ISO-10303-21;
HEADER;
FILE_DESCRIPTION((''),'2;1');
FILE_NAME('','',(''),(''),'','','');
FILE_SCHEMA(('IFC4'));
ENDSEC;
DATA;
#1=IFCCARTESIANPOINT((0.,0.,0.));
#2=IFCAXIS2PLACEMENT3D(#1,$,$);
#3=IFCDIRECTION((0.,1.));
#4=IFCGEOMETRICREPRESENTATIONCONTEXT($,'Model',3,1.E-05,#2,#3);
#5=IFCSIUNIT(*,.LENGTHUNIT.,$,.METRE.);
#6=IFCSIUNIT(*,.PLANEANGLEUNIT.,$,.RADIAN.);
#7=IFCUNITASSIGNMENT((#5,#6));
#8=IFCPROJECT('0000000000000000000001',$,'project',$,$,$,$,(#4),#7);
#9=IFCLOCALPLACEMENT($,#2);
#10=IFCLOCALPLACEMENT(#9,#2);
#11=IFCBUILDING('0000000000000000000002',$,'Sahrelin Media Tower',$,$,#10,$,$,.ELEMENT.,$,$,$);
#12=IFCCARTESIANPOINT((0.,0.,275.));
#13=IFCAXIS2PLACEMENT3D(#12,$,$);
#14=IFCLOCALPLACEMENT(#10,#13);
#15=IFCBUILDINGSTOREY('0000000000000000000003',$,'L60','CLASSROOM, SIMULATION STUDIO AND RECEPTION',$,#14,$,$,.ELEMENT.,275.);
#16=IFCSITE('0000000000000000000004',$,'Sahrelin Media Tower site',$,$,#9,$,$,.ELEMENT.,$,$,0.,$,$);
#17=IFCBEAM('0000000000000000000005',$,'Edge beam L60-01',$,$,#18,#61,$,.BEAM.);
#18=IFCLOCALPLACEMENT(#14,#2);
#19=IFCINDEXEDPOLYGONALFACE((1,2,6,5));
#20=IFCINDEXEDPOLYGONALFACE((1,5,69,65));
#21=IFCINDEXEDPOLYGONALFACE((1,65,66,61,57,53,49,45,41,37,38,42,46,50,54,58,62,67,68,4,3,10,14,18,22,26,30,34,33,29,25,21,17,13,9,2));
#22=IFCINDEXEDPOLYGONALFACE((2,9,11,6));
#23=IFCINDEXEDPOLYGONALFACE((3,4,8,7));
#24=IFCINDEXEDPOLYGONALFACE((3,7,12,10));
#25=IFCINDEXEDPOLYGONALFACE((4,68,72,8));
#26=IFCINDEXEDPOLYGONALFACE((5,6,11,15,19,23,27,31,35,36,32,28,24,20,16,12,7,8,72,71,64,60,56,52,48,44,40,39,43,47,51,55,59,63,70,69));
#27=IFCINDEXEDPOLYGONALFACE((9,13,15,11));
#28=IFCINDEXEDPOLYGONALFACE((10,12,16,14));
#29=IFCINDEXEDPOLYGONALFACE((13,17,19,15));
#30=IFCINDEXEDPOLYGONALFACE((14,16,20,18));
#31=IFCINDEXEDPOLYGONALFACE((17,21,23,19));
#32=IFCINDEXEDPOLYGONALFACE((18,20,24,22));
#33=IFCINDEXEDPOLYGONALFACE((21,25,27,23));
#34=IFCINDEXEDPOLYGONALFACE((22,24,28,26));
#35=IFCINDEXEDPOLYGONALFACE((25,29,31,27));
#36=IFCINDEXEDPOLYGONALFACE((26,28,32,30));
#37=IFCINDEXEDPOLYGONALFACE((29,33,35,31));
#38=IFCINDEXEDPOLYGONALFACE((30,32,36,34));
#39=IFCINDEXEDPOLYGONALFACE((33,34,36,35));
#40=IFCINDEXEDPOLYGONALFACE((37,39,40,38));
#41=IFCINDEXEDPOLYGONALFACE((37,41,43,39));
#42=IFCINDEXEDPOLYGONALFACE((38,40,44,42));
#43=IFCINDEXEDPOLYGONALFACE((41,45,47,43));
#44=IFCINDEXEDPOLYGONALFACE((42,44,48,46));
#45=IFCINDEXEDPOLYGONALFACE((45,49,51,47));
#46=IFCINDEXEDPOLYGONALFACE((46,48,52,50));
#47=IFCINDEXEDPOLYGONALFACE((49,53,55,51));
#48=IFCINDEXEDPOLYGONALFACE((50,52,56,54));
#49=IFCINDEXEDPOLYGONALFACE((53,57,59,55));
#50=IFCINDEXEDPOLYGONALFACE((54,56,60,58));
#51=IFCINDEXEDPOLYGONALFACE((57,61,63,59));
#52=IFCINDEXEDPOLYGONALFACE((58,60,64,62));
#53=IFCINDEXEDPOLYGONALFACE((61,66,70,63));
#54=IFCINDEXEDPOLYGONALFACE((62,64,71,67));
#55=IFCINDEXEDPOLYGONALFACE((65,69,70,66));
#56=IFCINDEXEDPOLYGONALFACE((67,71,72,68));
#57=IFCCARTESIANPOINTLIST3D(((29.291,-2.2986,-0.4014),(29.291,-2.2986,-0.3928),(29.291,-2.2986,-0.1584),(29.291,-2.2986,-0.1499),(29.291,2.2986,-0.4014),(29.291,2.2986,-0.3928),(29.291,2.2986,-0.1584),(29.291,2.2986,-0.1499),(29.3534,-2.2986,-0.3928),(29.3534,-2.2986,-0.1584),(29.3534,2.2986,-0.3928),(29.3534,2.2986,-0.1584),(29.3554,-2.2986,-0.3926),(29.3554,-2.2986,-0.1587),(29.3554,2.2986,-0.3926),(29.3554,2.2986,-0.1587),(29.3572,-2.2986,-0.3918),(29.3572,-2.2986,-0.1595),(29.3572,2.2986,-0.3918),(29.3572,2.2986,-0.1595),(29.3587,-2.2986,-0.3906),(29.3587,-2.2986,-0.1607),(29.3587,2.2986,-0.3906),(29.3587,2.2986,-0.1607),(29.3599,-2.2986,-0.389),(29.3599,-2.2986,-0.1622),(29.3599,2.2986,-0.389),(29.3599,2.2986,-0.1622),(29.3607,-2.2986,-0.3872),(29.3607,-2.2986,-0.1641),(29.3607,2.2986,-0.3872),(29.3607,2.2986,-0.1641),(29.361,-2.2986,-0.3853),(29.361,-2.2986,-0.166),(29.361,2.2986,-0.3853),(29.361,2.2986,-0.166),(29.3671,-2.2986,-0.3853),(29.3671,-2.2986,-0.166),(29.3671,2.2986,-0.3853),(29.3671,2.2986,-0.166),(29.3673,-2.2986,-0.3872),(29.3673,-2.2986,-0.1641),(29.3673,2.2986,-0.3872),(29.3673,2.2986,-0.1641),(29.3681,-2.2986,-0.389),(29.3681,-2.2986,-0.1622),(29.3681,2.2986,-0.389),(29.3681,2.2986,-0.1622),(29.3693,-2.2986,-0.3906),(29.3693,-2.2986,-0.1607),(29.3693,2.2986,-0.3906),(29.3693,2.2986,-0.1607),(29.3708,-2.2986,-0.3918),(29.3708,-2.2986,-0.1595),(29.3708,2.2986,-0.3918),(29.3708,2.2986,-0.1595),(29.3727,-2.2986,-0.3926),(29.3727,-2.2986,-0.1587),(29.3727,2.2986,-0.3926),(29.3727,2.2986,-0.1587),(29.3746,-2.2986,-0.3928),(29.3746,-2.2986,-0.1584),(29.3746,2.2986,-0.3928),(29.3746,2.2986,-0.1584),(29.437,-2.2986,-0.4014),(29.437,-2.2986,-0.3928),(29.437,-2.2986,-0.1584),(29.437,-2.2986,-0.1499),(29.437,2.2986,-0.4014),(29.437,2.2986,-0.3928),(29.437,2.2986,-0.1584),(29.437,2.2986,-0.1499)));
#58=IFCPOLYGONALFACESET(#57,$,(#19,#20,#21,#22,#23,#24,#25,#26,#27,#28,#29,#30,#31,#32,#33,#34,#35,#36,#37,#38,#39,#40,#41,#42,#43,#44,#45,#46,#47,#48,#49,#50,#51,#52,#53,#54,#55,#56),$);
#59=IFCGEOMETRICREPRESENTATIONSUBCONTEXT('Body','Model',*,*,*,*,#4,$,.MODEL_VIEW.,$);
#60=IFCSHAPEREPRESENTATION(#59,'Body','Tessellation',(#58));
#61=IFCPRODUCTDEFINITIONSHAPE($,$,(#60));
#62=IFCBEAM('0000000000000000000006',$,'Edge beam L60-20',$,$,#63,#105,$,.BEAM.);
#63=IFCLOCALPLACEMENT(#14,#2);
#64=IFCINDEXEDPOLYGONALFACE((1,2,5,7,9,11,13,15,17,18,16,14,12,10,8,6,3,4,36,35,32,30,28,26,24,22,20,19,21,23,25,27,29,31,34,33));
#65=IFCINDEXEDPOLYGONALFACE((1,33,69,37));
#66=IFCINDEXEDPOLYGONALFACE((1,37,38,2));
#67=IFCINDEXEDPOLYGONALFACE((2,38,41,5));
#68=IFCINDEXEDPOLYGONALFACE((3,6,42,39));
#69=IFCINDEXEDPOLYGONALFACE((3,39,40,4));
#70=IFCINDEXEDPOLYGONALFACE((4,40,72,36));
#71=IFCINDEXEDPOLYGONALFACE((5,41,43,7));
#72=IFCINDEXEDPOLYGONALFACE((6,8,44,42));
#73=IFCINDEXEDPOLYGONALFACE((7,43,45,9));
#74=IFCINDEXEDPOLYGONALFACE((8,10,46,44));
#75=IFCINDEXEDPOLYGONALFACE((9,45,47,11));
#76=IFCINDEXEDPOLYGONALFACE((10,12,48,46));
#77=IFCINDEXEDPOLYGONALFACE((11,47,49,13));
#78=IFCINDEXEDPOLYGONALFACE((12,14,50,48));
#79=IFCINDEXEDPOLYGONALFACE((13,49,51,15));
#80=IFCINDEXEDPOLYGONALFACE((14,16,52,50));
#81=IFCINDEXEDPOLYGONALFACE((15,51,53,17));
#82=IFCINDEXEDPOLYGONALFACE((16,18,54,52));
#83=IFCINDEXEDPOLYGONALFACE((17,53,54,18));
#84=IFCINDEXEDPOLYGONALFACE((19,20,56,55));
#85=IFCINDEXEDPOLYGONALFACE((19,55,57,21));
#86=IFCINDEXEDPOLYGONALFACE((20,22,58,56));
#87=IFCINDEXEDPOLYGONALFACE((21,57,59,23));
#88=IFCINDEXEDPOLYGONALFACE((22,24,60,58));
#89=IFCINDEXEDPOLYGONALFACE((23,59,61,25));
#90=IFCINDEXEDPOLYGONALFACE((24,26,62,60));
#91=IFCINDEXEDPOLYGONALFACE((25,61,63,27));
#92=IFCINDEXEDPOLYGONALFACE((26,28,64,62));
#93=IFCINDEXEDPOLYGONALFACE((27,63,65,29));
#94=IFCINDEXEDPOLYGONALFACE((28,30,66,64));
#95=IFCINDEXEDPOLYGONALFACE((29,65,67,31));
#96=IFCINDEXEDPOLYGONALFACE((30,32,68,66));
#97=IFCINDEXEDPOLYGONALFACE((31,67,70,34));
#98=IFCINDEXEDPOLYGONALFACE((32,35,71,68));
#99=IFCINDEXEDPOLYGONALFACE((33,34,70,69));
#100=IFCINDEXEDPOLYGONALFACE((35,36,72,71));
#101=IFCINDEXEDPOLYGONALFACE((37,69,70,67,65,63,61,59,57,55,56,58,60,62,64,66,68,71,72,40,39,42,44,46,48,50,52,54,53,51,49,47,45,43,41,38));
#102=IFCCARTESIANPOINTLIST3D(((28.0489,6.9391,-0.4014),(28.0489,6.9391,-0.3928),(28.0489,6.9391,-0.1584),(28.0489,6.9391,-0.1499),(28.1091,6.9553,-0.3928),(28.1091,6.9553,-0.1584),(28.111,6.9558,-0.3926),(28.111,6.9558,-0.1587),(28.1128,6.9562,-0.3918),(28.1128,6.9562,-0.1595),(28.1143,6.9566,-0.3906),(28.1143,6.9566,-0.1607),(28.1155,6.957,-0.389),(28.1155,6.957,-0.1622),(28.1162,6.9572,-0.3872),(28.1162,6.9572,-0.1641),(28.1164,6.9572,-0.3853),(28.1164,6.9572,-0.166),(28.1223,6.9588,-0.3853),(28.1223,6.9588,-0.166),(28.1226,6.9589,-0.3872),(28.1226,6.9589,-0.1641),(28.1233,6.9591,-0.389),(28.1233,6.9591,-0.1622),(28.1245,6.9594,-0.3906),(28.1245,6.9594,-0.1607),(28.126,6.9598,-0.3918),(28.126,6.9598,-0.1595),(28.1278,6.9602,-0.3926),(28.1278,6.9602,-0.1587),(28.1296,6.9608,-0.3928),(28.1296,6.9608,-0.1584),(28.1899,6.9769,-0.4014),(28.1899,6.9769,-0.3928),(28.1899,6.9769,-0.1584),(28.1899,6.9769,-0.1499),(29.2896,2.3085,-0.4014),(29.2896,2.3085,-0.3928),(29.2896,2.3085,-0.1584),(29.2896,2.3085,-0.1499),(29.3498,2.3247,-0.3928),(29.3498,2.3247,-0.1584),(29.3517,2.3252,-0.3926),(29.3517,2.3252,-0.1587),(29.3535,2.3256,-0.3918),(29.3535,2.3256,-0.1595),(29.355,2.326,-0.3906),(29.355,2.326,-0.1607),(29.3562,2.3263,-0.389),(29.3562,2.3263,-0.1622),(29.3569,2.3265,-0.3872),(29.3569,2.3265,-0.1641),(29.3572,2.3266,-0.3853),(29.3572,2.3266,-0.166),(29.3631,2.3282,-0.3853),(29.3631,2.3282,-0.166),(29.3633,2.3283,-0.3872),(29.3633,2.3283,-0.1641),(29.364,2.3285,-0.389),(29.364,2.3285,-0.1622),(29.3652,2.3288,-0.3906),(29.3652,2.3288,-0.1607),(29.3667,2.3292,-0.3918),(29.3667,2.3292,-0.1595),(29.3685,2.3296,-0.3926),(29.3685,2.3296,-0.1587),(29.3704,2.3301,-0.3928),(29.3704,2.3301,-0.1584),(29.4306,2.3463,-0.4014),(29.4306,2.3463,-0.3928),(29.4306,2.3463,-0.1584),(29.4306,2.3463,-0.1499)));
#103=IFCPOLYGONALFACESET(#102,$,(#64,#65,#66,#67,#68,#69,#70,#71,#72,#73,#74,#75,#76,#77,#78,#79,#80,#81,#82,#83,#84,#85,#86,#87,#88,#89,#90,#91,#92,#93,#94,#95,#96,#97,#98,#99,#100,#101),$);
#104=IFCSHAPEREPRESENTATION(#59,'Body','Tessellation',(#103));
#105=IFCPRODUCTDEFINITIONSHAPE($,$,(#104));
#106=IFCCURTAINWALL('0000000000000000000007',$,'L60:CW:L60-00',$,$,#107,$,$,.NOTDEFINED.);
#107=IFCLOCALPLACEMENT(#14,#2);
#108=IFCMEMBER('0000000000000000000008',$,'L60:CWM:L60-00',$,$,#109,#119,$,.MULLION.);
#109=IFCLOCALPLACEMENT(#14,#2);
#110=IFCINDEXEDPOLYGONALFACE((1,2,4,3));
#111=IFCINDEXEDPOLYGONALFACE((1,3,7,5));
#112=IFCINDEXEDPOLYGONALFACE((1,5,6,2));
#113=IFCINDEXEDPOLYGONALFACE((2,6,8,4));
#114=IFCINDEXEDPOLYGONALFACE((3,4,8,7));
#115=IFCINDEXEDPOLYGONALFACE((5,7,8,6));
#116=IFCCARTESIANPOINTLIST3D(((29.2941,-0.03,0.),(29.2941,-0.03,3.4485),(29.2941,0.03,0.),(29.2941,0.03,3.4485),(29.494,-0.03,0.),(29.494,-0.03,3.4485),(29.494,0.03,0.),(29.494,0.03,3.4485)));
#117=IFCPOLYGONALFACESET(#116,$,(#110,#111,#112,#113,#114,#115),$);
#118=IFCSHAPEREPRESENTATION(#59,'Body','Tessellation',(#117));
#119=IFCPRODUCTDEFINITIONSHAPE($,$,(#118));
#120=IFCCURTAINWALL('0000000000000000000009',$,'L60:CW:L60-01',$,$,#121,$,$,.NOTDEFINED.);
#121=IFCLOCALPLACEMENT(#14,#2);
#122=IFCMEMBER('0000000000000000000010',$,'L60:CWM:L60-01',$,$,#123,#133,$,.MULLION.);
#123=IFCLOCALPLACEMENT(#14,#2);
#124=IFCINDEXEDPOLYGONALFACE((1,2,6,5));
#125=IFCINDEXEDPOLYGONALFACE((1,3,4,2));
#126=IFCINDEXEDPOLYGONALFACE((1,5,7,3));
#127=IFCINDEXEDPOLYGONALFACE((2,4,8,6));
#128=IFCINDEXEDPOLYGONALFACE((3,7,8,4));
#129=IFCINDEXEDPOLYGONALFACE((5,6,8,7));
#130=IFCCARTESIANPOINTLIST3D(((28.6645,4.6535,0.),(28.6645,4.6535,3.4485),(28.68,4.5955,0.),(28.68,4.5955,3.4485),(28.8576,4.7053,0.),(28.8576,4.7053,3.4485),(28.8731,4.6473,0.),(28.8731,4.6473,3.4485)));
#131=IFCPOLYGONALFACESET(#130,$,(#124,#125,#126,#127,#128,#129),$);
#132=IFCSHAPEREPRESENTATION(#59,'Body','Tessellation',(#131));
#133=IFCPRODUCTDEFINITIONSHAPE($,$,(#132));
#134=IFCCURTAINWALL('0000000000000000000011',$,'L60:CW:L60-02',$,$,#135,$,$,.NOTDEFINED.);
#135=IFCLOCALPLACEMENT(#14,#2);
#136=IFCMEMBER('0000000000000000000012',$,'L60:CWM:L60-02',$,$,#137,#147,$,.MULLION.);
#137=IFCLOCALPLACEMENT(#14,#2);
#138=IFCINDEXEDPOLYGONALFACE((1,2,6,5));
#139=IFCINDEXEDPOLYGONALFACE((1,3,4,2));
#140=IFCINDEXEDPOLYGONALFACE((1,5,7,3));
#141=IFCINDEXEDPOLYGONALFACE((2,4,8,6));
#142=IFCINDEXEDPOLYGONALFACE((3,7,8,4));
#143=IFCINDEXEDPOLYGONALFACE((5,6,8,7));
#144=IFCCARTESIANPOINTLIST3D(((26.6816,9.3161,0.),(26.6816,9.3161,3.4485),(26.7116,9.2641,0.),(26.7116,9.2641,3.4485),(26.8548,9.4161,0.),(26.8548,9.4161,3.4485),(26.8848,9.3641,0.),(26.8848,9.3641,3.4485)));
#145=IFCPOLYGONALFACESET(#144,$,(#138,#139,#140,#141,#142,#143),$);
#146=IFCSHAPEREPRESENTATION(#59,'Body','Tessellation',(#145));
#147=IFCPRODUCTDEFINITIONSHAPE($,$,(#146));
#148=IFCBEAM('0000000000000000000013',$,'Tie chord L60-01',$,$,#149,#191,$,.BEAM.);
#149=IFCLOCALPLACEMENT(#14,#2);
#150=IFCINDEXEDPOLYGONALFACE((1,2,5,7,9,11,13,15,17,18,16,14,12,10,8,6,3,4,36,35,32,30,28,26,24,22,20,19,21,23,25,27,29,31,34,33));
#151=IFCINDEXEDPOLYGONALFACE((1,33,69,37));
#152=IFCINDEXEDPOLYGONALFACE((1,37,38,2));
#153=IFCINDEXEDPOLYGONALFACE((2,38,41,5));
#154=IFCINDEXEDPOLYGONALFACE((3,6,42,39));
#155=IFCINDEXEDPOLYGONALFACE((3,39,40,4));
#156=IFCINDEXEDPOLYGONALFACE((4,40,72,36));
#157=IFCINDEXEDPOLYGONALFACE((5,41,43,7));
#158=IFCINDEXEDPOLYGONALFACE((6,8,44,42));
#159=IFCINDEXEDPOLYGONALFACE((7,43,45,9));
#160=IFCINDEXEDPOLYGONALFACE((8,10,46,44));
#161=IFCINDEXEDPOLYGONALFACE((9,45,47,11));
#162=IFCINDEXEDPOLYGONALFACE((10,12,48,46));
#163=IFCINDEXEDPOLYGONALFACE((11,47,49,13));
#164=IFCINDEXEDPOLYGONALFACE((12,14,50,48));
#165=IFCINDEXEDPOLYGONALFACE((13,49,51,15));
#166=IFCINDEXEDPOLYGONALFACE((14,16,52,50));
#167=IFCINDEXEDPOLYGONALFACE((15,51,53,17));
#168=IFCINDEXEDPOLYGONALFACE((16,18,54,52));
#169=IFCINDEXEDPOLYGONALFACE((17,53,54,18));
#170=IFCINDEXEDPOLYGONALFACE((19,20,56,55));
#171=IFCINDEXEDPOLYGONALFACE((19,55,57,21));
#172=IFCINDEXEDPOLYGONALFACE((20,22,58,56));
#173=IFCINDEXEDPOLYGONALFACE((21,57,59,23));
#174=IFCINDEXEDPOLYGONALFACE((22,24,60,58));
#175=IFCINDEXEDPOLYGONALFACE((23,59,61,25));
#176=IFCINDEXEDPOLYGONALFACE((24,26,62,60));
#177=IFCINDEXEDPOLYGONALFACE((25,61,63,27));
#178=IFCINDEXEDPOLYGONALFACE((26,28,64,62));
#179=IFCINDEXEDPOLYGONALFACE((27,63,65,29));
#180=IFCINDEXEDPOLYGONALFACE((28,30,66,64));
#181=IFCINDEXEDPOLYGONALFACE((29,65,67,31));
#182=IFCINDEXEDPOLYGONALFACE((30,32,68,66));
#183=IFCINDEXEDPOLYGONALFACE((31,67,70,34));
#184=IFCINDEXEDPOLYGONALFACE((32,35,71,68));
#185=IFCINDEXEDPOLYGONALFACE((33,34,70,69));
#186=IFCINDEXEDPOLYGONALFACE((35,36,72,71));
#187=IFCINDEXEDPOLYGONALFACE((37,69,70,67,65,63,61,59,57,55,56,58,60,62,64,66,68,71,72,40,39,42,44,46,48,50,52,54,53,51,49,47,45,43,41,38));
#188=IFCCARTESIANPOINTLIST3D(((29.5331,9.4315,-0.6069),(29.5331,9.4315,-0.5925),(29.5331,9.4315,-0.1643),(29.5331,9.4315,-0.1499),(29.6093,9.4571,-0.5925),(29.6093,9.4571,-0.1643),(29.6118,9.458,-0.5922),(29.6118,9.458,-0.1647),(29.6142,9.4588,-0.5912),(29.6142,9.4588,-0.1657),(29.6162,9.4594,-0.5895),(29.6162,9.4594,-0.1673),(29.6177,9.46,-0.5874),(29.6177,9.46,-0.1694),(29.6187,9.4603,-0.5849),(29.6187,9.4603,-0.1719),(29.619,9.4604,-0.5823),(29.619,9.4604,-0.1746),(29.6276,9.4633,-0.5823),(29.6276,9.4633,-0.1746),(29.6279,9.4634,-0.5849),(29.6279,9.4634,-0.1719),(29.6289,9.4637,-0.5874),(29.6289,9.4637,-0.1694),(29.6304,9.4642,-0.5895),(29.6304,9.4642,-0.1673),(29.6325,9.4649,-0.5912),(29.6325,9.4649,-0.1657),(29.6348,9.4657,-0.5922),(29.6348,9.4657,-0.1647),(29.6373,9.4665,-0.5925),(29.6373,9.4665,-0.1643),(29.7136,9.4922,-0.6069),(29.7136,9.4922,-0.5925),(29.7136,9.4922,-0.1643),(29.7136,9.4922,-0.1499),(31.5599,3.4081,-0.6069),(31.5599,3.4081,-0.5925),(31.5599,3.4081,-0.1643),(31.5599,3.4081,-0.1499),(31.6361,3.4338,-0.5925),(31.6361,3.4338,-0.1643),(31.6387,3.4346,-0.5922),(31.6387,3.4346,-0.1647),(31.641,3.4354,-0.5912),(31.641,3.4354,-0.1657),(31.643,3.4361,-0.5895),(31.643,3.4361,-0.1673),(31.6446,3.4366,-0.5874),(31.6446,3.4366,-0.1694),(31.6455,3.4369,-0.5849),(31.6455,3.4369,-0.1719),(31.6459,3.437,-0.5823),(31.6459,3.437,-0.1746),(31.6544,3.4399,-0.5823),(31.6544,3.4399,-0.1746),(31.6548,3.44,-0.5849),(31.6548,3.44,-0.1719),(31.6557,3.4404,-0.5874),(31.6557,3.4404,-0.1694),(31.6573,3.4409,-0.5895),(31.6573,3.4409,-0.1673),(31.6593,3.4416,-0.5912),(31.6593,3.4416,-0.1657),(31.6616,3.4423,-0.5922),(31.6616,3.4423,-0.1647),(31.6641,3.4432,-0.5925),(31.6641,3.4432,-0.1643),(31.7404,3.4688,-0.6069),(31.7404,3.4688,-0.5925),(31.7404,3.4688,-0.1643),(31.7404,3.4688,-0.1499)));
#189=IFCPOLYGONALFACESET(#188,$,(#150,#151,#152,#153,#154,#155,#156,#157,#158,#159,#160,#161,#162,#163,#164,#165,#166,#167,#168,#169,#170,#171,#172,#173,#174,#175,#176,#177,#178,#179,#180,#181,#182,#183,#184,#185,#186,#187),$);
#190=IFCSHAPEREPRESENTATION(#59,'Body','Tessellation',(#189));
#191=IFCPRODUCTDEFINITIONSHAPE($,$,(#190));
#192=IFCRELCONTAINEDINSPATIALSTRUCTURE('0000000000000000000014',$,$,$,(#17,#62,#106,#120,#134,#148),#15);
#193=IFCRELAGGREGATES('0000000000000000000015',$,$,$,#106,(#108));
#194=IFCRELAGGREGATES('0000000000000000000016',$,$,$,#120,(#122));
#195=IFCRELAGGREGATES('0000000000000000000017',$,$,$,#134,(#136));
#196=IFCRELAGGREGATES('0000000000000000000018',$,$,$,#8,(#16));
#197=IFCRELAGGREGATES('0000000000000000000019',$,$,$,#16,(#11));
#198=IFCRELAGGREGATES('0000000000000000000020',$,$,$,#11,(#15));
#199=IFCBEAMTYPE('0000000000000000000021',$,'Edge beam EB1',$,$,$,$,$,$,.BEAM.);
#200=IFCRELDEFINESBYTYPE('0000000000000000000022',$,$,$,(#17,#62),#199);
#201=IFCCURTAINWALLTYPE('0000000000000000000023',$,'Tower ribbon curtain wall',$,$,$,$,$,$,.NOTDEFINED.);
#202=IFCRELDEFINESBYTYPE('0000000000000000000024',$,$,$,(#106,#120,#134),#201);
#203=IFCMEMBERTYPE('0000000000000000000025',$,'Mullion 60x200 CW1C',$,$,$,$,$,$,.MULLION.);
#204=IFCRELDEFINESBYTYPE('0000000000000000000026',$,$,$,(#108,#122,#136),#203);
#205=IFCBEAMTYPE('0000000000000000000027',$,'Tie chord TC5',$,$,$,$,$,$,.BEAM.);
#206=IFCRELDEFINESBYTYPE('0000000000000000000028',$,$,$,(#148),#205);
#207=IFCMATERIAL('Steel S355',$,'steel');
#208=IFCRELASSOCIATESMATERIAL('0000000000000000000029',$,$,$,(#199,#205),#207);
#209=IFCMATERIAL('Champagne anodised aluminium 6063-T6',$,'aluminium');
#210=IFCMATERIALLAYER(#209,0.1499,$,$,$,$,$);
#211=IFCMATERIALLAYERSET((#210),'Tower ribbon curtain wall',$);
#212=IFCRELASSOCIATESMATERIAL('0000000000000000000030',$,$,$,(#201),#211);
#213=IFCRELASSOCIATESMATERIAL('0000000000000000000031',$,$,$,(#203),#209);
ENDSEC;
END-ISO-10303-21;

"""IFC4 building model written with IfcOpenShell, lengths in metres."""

from ifc_helpers import new_model, si_unit, direction, frame, origin, origin_2d, place, context, subcontext, project, spatial, rectangle, i_section, extrude, material, layer, layer_set, material_profile, profile_set, type_object, element, aggregate, save


model = new_model("IFC4")

# Units and contexts
model_context = context("Model", 3, precision=1e-05, world=origin(), true_north=direction((0.0, 1.0)))
body_context = subcontext(model_context, "Body", "Model", "MODEL_VIEW")
ifc_project = project(units=[si_unit("LENGTHUNIT", "METRE"), si_unit("PLANEANGLEUNIT", "RADIAN")], contexts=[model_context])

# Site, building, storey
site_placement = place(None, origin())
site = spatial("IfcSite", under=ifc_project, at=site_placement, Name="Sahrelin Media Tower site", CompositionType="ELEMENT", RefElevation=0.0)
building_placement = place(site_placement, origin())
building = spatial("IfcBuilding", under=site, at=building_placement, Name="Sahrelin Media Tower", CompositionType="ELEMENT")
storey_placement = place(building_placement, frame((0.0, 0.0, 275.0)))
storey = spatial("IfcBuildingStorey", under=building, at=storey_placement, Name="L60", Description="CLASSROOM, SIMULATION STUDIO AND RECEPTION", CompositionType="ELEMENT", Elevation=275.0)

# Beams
ifc_material_1 = material(Name="Steel S355", Category="steel")
ifc_material_profile_1 = material_profile(ifc_material_1, i_section(OverallWidth=0.146, OverallDepth=0.2515, WebThickness=0.0061, FlangeThickness=0.0085, FilletRadius=0.0076, at=origin_2d()), Name="UB 254x146x31")
ifc_profile_set_1 = profile_set([ifc_material_profile_1], Name="Steel S355")
beam_type_1 = type_object("IfcBeamType", Name="Edge beam EB1", PredefinedType="BEAM", material=ifc_profile_set_1)
beam_1_placement = place(storey_placement, frame((29.364, 2.2986, -0.2756), z_axis=(0.0, -1.0, 0.0), x_axis=(1.0, 0.0, 0.0)))
element("IfcBeam", 1, at=beam_1_placement, inside=storey, type_object=beam_type_1, Name="Edge beam L60-01", PredefinedType="BEAM", context=body_context, shape_type="SweptSolid", body=[
    extrude(i_section(OverallWidth=0.146, OverallDepth=0.2515, WebThickness=0.0061, FlangeThickness=0.0085, FilletRadius=0.0076, at=origin_2d()), origin(), (0.0, 0.0, 1.0), 4.5972),
])
beam_2_placement = place(storey_placement, frame((28.1194, 6.958, -0.2756), z_axis=(0.25881, -0.965928, 0.0), x_axis=(0.965928, 0.25881, 0.0)))
element("IfcBeam", 2, at=beam_2_placement, inside=storey, type_object=beam_type_1, Name="Edge beam L60-20", PredefinedType="BEAM", context=body_context, shape_type="SweptSolid", body=[
    extrude(i_section(OverallWidth=0.146, OverallDepth=0.2515, WebThickness=0.0061, FlangeThickness=0.0085, FilletRadius=0.0076, at=origin_2d()), origin(), (0.0, 0.0, 1.0), 4.7939),
])

# Curtain walls, members
ifc_material_2 = material(Name="Champagne anodised aluminium 6063-T6", Category="aluminium")
ifc_layer_1 = layer(ifc_material_2, 0.1499)
ifc_layer_set_1 = layer_set([ifc_layer_1], Name="Tower ribbon curtain wall")
curtain_wall_type = type_object("IfcCurtainWallType", Name="Tower ribbon curtain wall", PredefinedType="NOTDEFINED", material=ifc_layer_set_1)
curtain_wall_1_placement = place(storey_placement, frame((29.5139, 0.0, 0.0), z_axis=(0.0, 0.0, 1.0), x_axis=(1.0, 0.0, 0.0)))
curtain_wall_1 = element("IfcCurtainWall", 3, at=curtain_wall_1_placement, inside=storey, type_object=curtain_wall_type, Name="L60:CW:L60-00", PredefinedType="NOTDEFINED")
ifc_material_profile_2 = material_profile(ifc_material_2, rectangle(XDim=0.0601, YDim=0.2, at=origin_2d()), Name="Mullion 60x200")
ifc_profile_set_2 = profile_set([ifc_material_profile_2], Name="Champagne anodised aluminium 6063-T6")
member_type_1 = type_object("IfcMemberType", Name="Mullion 60x200 CW1C", PredefinedType="MULLION", material=ifc_profile_set_2)
member_1_placement = place(storey_placement, frame((29.394, 0.0, 0.0), z_axis=(0.0, 0.0, 1.0), x_axis=(0.0, 1.0, 0.0)))
member_1 = element("IfcMember", 4, at=member_1_placement, type_object=member_type_1, Name="L60:CWM:L60-00", PredefinedType="MULLION", context=body_context, shape_type="SweptSolid", body=[
    extrude(rectangle(XDim=0.0601, YDim=0.2, at=origin_2d()), origin(), (0.0, 0.0, 1.0), 3.4485),
])
aggregate(curtain_wall_1, [member_1])
curtain_wall_2_placement = place(storey_placement, frame((28.8848, 4.6814, 0.0), z_axis=(0.0, 0.0, 1.0), x_axis=(1.0, 0.0, 0.0)))
curtain_wall_2 = element("IfcCurtainWall", 5, at=curtain_wall_2_placement, inside=storey, type_object=curtain_wall_type, Name="L60:CW:L60-01", PredefinedType="NOTDEFINED")
member_2_placement = place(storey_placement, frame((28.7688, 4.6504, 0.0), z_axis=(0.0, 0.0, 1.0), x_axis=(-0.258814, 0.965927, 0.0)))
member_2 = element("IfcMember", 6, at=member_2_placement, type_object=member_type_1, Name="L60:CWM:L60-01", PredefinedType="MULLION", context=body_context, shape_type="SweptSolid", body=[
    extrude(rectangle(XDim=0.0601, YDim=0.2, at=origin_2d()), origin(), (0.0, 0.0, 1.0), 3.4485),
])
curtain_wall_3_placement = place(storey_placement, frame((26.887, 9.4001, 0.0), z_axis=(0.0, 0.0, 1.0), x_axis=(1.0, 0.0, 0.0)))
curtain_wall_3 = element("IfcCurtainWall", 7, at=curtain_wall_3_placement, inside=storey, type_object=curtain_wall_type, Name="L60:CW:L60-02", PredefinedType="NOTDEFINED")
member_3_placement = place(storey_placement, frame((26.7832, 9.3401, 0.0), z_axis=(0.0, 0.0, 1.0), x_axis=(-0.500002, 0.866025, 0.0)))
member_3 = element("IfcMember", 8, at=member_3_placement, type_object=member_type_1, Name="L60:CWM:L60-02", PredefinedType="MULLION", context=body_context, shape_type="SweptSolid", body=[
    extrude(rectangle(XDim=0.0601, YDim=0.2, at=origin_2d()), origin(), (0.0, 0.0, 1.0), 3.4485),
])

# Beam
ifc_material_profile_3 = material_profile(ifc_material_1, i_section(OverallWidth=0.1904, OverallDepth=0.457, WebThickness=0.009, FlangeThickness=0.0144, FilletRadius=0.0103, at=origin_2d()), Name="UB 457x191x74")
ifc_profile_set_3 = profile_set([ifc_material_profile_3], Name="Steel S355")
beam_type_2 = type_object("IfcBeamType", Name="Tie chord TC5", PredefinedType="BEAM", material=ifc_profile_set_3)
beam_3_placement = place(storey_placement, frame((31.6501, 3.4385, -0.3784), z_axis=(-0.318923, 0.947781, 0.0), x_axis=(-0.947781, -0.318923, 0.0)))
element("IfcBeam", 9, at=beam_3_placement, inside=storey, type_object=beam_type_2, Name="Tie chord L60-01", PredefinedType="BEAM", context=body_context, shape_type="SweptSolid", body=[
    extrude(i_section(OverallWidth=0.1904, OverallDepth=0.457, WebThickness=0.009, FlangeThickness=0.0144, FilletRadius=0.0103, at=origin_2d()), origin(), (0.0, 0.0, 1.0), 6.3552),
])

aggregate(curtain_wall_2, [member_2])
aggregate(curtain_wall_3, [member_3])

save(model, "model.ifc")
